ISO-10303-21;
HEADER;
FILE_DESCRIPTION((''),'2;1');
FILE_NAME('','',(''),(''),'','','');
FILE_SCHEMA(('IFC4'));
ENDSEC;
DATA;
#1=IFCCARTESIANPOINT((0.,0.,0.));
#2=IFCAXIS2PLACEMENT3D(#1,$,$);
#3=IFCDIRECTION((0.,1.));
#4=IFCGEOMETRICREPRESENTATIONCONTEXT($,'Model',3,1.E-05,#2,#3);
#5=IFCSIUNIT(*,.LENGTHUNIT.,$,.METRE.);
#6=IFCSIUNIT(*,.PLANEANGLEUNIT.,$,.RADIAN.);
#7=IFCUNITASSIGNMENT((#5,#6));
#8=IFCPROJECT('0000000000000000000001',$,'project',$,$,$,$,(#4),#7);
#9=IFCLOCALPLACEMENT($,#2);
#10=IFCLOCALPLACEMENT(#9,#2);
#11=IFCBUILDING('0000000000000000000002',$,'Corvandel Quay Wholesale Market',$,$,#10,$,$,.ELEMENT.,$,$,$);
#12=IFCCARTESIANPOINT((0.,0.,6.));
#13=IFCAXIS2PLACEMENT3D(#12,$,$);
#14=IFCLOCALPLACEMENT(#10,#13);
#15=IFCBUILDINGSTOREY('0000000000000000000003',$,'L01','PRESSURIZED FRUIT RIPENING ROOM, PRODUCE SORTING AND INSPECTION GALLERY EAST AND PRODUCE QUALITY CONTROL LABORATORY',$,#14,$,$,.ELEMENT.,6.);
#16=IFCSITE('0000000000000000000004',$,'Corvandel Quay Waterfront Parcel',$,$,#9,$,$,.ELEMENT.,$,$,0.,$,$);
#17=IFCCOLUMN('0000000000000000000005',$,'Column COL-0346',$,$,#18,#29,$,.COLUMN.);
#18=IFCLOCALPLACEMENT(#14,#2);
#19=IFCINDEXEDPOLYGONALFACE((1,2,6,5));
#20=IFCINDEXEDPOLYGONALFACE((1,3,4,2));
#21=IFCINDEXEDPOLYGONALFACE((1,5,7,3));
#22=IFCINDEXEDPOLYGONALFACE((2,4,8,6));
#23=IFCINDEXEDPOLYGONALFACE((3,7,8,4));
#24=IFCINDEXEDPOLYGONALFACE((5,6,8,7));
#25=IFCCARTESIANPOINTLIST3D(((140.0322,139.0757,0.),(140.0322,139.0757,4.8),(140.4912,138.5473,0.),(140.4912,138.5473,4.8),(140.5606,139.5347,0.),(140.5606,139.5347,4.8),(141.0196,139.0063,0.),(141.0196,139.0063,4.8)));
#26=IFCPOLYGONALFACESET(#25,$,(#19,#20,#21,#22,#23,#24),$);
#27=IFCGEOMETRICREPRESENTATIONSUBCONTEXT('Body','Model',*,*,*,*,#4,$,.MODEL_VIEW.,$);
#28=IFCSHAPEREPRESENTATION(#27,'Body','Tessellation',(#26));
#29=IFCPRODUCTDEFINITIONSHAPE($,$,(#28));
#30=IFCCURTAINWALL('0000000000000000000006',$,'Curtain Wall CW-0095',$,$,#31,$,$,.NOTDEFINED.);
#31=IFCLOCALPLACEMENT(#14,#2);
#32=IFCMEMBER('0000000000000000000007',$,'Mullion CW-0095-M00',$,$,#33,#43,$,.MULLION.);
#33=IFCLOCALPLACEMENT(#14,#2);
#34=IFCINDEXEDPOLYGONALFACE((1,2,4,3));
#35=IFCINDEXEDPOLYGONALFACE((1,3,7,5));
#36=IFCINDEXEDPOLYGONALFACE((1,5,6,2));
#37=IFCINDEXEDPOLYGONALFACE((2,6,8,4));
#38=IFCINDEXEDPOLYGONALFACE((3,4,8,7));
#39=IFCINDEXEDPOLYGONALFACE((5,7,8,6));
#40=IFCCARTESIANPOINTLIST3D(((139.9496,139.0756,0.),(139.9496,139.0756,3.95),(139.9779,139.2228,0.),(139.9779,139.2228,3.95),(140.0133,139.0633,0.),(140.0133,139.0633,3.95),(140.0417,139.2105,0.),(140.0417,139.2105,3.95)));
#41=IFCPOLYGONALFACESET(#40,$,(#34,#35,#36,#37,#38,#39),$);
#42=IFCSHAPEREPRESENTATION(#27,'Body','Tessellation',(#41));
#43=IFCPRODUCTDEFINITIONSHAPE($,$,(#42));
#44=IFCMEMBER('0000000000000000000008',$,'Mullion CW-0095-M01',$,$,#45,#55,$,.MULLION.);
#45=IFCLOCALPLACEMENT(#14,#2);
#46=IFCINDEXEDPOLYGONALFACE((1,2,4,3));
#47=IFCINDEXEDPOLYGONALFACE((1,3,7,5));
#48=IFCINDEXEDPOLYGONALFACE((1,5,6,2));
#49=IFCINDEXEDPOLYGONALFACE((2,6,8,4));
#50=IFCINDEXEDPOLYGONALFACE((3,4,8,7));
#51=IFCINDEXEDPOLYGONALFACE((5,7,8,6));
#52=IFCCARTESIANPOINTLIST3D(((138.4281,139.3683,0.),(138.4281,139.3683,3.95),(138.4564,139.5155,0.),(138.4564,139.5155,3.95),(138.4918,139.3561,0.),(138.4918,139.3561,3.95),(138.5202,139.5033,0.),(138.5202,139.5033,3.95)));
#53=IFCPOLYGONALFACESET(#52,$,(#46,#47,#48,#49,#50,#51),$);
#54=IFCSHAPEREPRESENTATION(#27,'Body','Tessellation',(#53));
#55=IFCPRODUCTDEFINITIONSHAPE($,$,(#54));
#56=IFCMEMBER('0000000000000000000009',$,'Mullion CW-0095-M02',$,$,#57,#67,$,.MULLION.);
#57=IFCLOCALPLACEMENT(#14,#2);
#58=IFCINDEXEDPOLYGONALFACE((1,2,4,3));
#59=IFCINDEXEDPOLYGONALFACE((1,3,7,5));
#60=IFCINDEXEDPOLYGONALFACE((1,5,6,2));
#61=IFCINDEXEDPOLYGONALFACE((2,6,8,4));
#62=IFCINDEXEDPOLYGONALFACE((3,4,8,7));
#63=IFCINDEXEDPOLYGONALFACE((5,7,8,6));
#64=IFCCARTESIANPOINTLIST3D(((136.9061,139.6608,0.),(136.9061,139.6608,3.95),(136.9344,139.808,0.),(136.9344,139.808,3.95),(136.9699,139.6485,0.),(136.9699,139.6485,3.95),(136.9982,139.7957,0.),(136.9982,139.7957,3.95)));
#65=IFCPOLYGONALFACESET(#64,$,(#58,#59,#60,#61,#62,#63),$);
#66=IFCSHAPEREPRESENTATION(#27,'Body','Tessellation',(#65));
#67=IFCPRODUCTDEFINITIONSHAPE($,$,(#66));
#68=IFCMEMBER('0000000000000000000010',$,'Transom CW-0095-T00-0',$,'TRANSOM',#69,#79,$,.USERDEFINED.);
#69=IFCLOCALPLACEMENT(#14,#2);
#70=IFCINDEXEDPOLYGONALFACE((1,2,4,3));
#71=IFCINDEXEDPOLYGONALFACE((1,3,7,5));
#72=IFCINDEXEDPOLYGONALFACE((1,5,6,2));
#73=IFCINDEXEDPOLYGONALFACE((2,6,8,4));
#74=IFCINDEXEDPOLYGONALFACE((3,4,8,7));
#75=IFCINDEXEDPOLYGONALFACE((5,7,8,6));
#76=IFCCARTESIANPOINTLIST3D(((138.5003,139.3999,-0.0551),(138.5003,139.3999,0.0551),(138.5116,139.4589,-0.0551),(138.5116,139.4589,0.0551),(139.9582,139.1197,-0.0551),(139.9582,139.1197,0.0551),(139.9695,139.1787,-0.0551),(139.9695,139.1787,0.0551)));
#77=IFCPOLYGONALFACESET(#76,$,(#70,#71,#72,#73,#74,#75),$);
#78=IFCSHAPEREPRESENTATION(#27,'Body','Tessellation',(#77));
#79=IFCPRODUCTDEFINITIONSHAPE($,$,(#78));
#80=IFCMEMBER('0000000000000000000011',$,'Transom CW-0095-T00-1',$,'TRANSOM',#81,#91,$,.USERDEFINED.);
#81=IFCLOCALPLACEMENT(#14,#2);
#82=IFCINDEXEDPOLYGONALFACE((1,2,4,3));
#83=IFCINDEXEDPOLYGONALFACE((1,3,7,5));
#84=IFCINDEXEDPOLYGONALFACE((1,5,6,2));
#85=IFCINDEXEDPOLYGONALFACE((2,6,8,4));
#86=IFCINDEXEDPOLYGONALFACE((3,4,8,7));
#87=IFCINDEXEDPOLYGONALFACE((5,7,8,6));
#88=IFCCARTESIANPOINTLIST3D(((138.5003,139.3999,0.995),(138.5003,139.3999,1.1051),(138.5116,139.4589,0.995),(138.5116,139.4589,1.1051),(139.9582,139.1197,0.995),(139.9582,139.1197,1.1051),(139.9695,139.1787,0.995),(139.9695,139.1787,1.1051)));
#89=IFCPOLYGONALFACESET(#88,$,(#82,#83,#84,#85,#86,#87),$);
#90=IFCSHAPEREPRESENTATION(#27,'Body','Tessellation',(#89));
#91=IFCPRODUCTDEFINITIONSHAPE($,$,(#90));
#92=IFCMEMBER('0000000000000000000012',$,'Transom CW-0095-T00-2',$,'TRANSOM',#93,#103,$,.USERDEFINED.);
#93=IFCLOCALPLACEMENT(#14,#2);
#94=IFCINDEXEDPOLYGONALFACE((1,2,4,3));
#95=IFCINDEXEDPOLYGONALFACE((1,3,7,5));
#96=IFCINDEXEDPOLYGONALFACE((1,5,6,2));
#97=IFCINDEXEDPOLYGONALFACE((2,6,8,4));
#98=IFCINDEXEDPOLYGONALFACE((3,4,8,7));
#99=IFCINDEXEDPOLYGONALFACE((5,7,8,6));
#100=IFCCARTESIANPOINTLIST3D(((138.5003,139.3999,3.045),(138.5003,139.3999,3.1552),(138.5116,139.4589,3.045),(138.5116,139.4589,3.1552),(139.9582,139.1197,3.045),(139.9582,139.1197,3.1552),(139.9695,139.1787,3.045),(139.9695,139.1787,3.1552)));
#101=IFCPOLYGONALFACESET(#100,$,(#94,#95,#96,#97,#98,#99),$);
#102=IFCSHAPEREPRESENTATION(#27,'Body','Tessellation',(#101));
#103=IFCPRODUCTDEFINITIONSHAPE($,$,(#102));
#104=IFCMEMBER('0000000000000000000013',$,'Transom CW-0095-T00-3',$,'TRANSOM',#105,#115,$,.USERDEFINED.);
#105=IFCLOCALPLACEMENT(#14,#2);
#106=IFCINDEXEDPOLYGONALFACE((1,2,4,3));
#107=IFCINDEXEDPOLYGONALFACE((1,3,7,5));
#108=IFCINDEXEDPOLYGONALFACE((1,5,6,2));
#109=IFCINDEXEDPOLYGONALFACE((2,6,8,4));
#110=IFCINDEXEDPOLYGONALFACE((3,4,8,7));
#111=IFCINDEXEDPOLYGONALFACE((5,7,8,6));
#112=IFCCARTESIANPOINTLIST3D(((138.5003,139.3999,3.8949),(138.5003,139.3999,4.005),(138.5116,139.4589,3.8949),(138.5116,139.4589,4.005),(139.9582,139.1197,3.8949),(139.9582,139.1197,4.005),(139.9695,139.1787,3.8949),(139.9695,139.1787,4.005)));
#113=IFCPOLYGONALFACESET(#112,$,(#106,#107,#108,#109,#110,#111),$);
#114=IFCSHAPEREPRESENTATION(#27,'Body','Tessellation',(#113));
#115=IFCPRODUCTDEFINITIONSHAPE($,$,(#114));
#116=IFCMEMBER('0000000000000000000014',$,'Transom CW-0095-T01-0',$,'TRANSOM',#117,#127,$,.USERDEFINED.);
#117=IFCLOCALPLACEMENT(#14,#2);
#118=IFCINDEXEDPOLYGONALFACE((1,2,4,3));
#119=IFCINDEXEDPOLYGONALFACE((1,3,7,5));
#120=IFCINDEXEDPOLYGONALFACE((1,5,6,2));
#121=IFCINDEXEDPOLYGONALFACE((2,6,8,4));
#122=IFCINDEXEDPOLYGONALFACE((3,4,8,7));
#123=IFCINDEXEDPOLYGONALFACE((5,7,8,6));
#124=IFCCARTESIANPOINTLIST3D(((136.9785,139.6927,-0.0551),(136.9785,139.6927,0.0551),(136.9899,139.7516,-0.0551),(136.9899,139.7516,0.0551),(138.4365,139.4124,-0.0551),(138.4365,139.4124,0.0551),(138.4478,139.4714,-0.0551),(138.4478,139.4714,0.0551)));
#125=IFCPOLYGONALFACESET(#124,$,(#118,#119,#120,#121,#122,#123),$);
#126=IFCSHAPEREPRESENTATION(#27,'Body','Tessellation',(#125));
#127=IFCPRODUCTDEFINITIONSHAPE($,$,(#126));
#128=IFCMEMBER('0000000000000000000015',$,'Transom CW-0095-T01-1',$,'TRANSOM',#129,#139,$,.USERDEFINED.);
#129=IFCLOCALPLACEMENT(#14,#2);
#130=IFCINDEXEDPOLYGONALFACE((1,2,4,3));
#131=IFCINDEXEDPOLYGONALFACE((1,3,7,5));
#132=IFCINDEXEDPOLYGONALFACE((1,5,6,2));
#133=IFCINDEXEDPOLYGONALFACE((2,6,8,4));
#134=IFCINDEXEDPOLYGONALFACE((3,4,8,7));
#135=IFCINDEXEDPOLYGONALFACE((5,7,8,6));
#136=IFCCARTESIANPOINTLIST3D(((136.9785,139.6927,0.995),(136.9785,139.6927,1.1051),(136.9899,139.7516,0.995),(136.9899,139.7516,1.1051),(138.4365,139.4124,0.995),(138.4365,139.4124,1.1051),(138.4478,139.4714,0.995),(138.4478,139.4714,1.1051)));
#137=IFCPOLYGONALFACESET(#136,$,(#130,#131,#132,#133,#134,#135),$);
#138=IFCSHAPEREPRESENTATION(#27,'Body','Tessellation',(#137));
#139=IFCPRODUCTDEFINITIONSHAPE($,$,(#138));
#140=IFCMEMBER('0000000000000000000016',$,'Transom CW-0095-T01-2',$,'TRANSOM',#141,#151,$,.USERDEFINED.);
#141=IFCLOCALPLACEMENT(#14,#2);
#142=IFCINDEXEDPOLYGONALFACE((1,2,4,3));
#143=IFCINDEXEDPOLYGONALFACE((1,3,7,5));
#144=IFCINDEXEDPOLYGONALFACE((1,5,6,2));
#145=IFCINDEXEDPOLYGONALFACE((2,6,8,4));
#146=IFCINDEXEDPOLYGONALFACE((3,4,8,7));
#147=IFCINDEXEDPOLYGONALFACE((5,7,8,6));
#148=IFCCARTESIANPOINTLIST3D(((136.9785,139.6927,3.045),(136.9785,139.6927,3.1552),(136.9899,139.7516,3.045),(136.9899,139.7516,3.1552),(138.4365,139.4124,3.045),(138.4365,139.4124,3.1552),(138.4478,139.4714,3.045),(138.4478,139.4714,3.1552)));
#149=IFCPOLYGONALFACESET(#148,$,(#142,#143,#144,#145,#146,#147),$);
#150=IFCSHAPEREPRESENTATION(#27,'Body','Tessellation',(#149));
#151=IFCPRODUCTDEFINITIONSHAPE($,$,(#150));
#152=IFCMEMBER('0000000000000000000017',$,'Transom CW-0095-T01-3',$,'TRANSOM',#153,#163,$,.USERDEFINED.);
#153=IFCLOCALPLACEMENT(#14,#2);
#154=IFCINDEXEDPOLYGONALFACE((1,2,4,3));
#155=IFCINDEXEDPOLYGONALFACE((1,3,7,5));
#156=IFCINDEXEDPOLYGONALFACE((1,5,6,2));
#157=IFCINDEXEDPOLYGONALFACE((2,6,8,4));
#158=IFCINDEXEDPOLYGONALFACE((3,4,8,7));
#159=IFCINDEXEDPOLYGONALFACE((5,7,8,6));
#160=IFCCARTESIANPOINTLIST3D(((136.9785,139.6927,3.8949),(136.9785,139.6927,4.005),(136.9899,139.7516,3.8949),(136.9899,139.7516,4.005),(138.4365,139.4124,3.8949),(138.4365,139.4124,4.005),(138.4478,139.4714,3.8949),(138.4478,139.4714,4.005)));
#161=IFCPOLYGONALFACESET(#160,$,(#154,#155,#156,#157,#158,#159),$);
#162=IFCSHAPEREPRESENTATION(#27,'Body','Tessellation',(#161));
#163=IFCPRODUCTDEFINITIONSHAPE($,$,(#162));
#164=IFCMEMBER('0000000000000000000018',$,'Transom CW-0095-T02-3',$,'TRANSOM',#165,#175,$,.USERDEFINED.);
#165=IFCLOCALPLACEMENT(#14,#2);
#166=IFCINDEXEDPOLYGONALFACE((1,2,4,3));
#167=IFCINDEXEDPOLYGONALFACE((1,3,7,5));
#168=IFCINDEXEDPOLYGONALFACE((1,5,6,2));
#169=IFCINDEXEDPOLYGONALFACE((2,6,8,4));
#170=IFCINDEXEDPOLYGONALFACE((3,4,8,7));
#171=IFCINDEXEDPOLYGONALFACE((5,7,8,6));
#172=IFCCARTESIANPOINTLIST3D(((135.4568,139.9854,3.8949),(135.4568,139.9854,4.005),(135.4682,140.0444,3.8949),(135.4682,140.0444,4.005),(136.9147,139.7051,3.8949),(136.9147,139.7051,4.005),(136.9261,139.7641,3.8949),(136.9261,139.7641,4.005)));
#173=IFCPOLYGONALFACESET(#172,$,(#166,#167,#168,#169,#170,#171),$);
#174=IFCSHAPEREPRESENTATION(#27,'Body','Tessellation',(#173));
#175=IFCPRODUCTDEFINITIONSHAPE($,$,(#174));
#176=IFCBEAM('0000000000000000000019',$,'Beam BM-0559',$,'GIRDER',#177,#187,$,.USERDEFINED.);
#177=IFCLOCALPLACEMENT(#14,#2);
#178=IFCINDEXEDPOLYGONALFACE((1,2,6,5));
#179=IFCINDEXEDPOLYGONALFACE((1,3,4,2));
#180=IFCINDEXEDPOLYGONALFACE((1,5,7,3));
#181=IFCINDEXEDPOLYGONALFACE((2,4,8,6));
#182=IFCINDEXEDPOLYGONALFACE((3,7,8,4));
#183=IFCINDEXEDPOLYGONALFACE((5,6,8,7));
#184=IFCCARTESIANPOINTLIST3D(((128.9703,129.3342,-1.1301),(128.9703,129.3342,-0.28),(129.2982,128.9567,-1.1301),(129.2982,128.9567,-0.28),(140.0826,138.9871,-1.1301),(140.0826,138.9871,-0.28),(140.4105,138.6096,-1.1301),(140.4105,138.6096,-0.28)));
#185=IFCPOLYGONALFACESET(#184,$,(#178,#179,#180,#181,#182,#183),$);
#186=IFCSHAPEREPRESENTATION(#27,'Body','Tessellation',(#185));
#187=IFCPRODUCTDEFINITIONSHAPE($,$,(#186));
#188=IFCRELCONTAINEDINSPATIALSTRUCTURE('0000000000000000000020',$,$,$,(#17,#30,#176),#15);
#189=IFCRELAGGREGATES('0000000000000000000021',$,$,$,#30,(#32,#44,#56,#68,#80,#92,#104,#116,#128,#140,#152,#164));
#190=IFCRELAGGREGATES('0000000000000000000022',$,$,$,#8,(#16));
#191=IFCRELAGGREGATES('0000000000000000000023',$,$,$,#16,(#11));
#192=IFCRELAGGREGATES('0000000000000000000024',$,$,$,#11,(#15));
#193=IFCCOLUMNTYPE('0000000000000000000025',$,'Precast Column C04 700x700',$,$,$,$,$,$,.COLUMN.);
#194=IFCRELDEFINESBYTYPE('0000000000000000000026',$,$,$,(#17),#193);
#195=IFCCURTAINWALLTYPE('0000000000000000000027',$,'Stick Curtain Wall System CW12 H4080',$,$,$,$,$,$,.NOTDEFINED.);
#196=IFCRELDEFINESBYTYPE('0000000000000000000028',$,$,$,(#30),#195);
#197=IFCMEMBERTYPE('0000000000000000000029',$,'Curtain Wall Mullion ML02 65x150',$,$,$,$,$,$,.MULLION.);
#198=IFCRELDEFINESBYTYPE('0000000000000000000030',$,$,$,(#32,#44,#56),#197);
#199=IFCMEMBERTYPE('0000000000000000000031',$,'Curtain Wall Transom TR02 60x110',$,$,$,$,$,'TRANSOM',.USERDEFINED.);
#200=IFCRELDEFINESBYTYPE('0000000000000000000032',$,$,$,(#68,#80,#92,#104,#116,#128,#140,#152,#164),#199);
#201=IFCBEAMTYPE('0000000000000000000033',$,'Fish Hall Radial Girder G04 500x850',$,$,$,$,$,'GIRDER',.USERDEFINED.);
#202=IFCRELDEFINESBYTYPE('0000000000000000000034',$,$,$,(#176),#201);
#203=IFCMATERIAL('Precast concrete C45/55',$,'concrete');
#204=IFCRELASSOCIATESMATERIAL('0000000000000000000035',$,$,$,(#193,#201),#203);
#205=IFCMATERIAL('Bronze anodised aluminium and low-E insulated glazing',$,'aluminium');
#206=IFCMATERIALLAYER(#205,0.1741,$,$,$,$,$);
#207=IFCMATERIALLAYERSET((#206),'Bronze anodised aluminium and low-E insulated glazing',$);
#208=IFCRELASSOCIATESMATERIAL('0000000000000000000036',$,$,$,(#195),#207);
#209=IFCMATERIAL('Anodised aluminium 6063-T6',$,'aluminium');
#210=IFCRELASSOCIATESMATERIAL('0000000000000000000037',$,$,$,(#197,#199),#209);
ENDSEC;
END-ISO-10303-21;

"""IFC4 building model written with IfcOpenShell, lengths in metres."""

from ifc_helpers import new_model, si_unit, direction, frame, origin, origin_2d, place, context, subcontext, project, spatial, rectangle, extrude, material, layer, layer_set, material_profile, profile_set, type_object, element, aggregate, save


model = new_model("IFC4")

# Units and contexts
model_context = context("Model", 3, precision=1e-05, world=origin(), true_north=direction((0.0, 1.0)))
body_context = subcontext(model_context, "Body", "Model", "MODEL_VIEW")
ifc_project = project(units=[si_unit("LENGTHUNIT", "METRE"), si_unit("PLANEANGLEUNIT", "RADIAN")], contexts=[model_context])

# Site, building, storey
site_placement = place(None, origin())
site = spatial("IfcSite", under=ifc_project, at=site_placement, Name="Corvandel Quay Waterfront Parcel", CompositionType="ELEMENT", RefElevation=0.0)
building_placement = place(site_placement, origin())
building = spatial("IfcBuilding", under=site, at=building_placement, Name="Corvandel Quay Wholesale Market", CompositionType="ELEMENT")
storey_placement = place(building_placement, frame((0.0, 0.0, 6.0)))
storey = spatial("IfcBuildingStorey", under=building, at=storey_placement, Name="L01", Description="PRESSURIZED FRUIT RIPENING ROOM, PRODUCE SORTING AND INSPECTION GALLERY EAST AND PRODUCE QUALITY CONTROL LABORATORY", CompositionType="ELEMENT", Elevation=6.0)

# Column
ifc_material_1 = material(Name="Precast concrete C45/55", Category="concrete")
ifc_material_profile_1 = material_profile(ifc_material_1, rectangle(XDim=0.7, YDim=0.7, at=origin_2d()), Name="PC-COL-700x700")
ifc_profile_set_1 = profile_set([ifc_material_profile_1], Name="Precast concrete C45/55")
column_type = type_object("IfcColumnType", Name="Precast Column C04 700x700", PredefinedType="COLUMN", material=ifc_profile_set_1)
column_placement = place(storey_placement, frame((140.5259, 139.041, 0.0), z_axis=(0.0, 0.0, 1.0), x_axis=(-0.655796, 0.754939, 0.0)))
element("IfcColumn", 1, at=column_placement, inside=storey, type_object=column_type, Name="Column COL-0346", PredefinedType="COLUMN", context=body_context, shape_type="SweptSolid", body=[
    extrude(rectangle(XDim=0.7, YDim=0.7, at=origin_2d()), origin(), (0.0, 0.0, 1.0), 4.8),
])

# Curtain wall, members
ifc_material_2 = material(Name="Bronze anodised aluminium and low-E insulated glazing", Category="aluminium")
ifc_layer_1 = layer(ifc_material_2, 0.1741)
ifc_layer_set_1 = layer_set([ifc_layer_1], Name="Bronze anodised aluminium and low-E insulated glazing")
curtain_wall_type = type_object("IfcCurtainWallType", Name="Stick Curtain Wall System CW12 H4080", PredefinedType="NOTDEFINED", material=ifc_layer_set_1)
curtain_wall_placement = place(storey_placement, origin())
curtain_wall = element("IfcCurtainWall", 2, at=curtain_wall_placement, inside=storey, type_object=curtain_wall_type, Name="Curtain Wall CW-0095", PredefinedType="NOTDEFINED")
ifc_material_3 = material(Name="Anodised aluminium 6063-T6", Category="aluminium")
ifc_material_profile_2 = material_profile(ifc_material_3, rectangle(XDim=0.0649, YDim=0.1499, at=origin_2d()), Name="ALU-MUL-65x150")
ifc_profile_set_2 = profile_set([ifc_material_profile_2], Name="Anodised aluminium 6063-T6")
member_type_1 = type_object("IfcMemberType", Name="Curtain Wall Mullion ML02 65x150", PredefinedType="MULLION", material=ifc_profile_set_2)
member_1_placement = place(storey_placement, frame((139.9956, 139.1431, 0.0), z_axis=(0.0, 0.0, 1.0), x_axis=(-0.981992, 0.188924, 0.0)))
member_1 = element("IfcMember", 3, at=member_1_placement, type_object=member_type_1, Name="Mullion CW-0095-M00", PredefinedType="MULLION", context=body_context, shape_type="SweptSolid", body=[
    extrude(rectangle(XDim=0.0649, YDim=0.1499, at=origin_2d()), origin(), (0.0, 0.0, 1.0), 3.95),
])
member_2_placement = place(storey_placement, frame((138.4741, 139.4358, 0.0), z_axis=(0.0, 0.0, 1.0), x_axis=(-0.981992, 0.188924, 0.0)))
member_2 = element("IfcMember", 4, at=member_2_placement, type_object=member_type_1, Name="Mullion CW-0095-M01", PredefinedType="MULLION", context=body_context, shape_type="SweptSolid", body=[
    extrude(rectangle(XDim=0.0649, YDim=0.1499, at=origin_2d()), origin(), (0.0, 0.0, 1.0), 3.95),
])
member_3_placement = place(storey_placement, frame((136.9521, 139.7283, 0.0), z_axis=(0.0, 0.0, 1.0), x_axis=(-0.981992, 0.188924, 0.0)))
member_3 = element("IfcMember", 5, at=member_3_placement, type_object=member_type_1, Name="Mullion CW-0095-M02", PredefinedType="MULLION", context=body_context, shape_type="SweptSolid", body=[
    extrude(rectangle(XDim=0.0649, YDim=0.1499, at=origin_2d()), origin(), (0.0, 0.0, 1.0), 3.95),
])
ifc_material_profile_3 = material_profile(ifc_material_3, rectangle(XDim=0.0601, YDim=0.1101, at=origin_2d()), Name="ALU-TRN-60x110")
ifc_profile_set_3 = profile_set([ifc_material_profile_3], Name="Anodised aluminium 6063-T6")
member_type_2 = type_object("IfcMemberType", Name="Curtain Wall Transom TR02 60x110", ElementType="TRANSOM", PredefinedType="USERDEFINED", material=ifc_profile_set_3)
member_4_placement = place(storey_placement, frame((139.9639, 139.1492, 0.0), z_axis=(-0.982021, 0.188774, 0.0), x_axis=(-0.188774, -0.982021, 0.0)))
member_4 = element("IfcMember", 6, at=member_4_placement, type_object=member_type_2, Name="Transom CW-0095-T00-0", ObjectType="TRANSOM", PredefinedType="USERDEFINED", context=body_context, shape_type="SweptSolid", body=[
    extrude(rectangle(XDim=0.0601, YDim=0.1101, at=origin_2d()), origin(), (0.0, 0.0, 1.0), 1.4846),
])
member_5_placement = place(storey_placement, frame((139.9639, 139.1492, 1.05), z_axis=(-0.982021, 0.188774, 0.0), x_axis=(-0.188774, -0.982021, 0.0)))
member_5 = element("IfcMember", 7, at=member_5_placement, type_object=member_type_2, Name="Transom CW-0095-T00-1", ObjectType="TRANSOM", PredefinedType="USERDEFINED", context=body_context, shape_type="SweptSolid", body=[
    extrude(rectangle(XDim=0.0601, YDim=0.1101, at=origin_2d()), origin(), (0.0, 0.0, 1.0), 1.4846),
])
member_6_placement = place(storey_placement, frame((139.9639, 139.1492, 3.1001), z_axis=(-0.982021, 0.188774, 0.0), x_axis=(-0.188774, -0.982021, 0.0)))
member_6 = element("IfcMember", 8, at=member_6_placement, type_object=member_type_2, Name="Transom CW-0095-T00-2", ObjectType="TRANSOM", PredefinedType="USERDEFINED", context=body_context, shape_type="SweptSolid", body=[
    extrude(rectangle(XDim=0.0601, YDim=0.1101, at=origin_2d()), origin(), (0.0, 0.0, 1.0), 1.4846),
])
member_7_placement = place(storey_placement, frame((139.9639, 139.1492, 3.95), z_axis=(-0.982021, 0.188774, 0.0), x_axis=(-0.188774, -0.982021, 0.0)))
member_7 = element("IfcMember", 9, at=member_7_placement, type_object=member_type_2, Name="Transom CW-0095-T00-3", ObjectType="TRANSOM", PredefinedType="USERDEFINED", context=body_context, shape_type="SweptSolid", body=[
    extrude(rectangle(XDim=0.0601, YDim=0.1101, at=origin_2d()), origin(), (0.0, 0.0, 1.0), 1.4846),
])
member_8_placement = place(storey_placement, frame((138.4421, 139.4419, 0.0), z_axis=(-0.982021, 0.188774, 0.0), x_axis=(-0.188774, -0.982021, 0.0)))
member_8 = element("IfcMember", 10, at=member_8_placement, type_object=member_type_2, Name="Transom CW-0095-T01-0", ObjectType="TRANSOM", PredefinedType="USERDEFINED", context=body_context, shape_type="SweptSolid", body=[
    extrude(rectangle(XDim=0.0601, YDim=0.1101, at=origin_2d()), origin(), (0.0, 0.0, 1.0), 1.4846),
])
member_9_placement = place(storey_placement, frame((138.4421, 139.4419, 1.05), z_axis=(-0.982021, 0.188774, 0.0), x_axis=(-0.188774, -0.982021, 0.0)))
member_9 = element("IfcMember", 11, at=member_9_placement, type_object=member_type_2, Name="Transom CW-0095-T01-1", ObjectType="TRANSOM", PredefinedType="USERDEFINED", context=body_context, shape_type="SweptSolid", body=[
    extrude(rectangle(XDim=0.0601, YDim=0.1101, at=origin_2d()), origin(), (0.0, 0.0, 1.0), 1.4846),
])
member_10_placement = place(storey_placement, frame((138.4421, 139.4419, 3.1001), z_axis=(-0.982021, 0.188774, 0.0), x_axis=(-0.188774, -0.982021, 0.0)))
member_10 = element("IfcMember", 12, at=member_10_placement, type_object=member_type_2, Name="Transom CW-0095-T01-2", ObjectType="TRANSOM", PredefinedType="USERDEFINED", context=body_context, shape_type="SweptSolid", body=[
    extrude(rectangle(XDim=0.0601, YDim=0.1101, at=origin_2d()), origin(), (0.0, 0.0, 1.0), 1.4846),
])
member_11_placement = place(storey_placement, frame((138.4421, 139.4419, 3.95), z_axis=(-0.982021, 0.188774, 0.0), x_axis=(-0.188774, -0.982021, 0.0)))
member_11 = element("IfcMember", 13, at=member_11_placement, type_object=member_type_2, Name="Transom CW-0095-T01-3", ObjectType="TRANSOM", PredefinedType="USERDEFINED", context=body_context, shape_type="SweptSolid", body=[
    extrude(rectangle(XDim=0.0601, YDim=0.1101, at=origin_2d()), origin(), (0.0, 0.0, 1.0), 1.4846),
])
member_12_placement = place(storey_placement, frame((136.9204, 139.7346, 3.95), z_axis=(-0.982021, 0.188774, 0.0), x_axis=(-0.188774, -0.982021, 0.0)))
member_12 = element("IfcMember", 14, at=member_12_placement, type_object=member_type_2, Name="Transom CW-0095-T02-3", ObjectType="TRANSOM", PredefinedType="USERDEFINED", context=body_context, shape_type="SweptSolid", body=[
    extrude(rectangle(XDim=0.0601, YDim=0.1101, at=origin_2d()), origin(), (0.0, 0.0, 1.0), 1.4846),
])

# Beam
ifc_material_profile_4 = material_profile(ifc_material_1, rectangle(XDim=0.5, YDim=0.8501, at=origin_2d()), Name="PC-GIR-500x850")
ifc_profile_set_4 = profile_set([ifc_material_profile_4], Name="Precast concrete C45/55")
beam_type_1 = type_object("IfcBeamType", Name="Fish Hall Radial Girder G04 500x850", ElementType="GIRDER", PredefinedType="USERDEFINED", material=ifc_profile_set_4)
beam_1_placement = place(storey_placement, frame((140.2466, 138.7983, -0.7051), z_axis=(-0.754943, -0.65579, 0.0), x_axis=(0.65579, -0.754943, 0.0)))
element("IfcBeam", 15, at=beam_1_placement, inside=storey, type_object=beam_type_1, Name="Beam BM-0559", ObjectType="GIRDER", PredefinedType="USERDEFINED", context=body_context, shape_type="SweptSolid", body=[
    extrude(rectangle(XDim=0.5, YDim=0.8501, at=origin_2d()), origin(), (0.0, 0.0, 1.0), 14.7195),
])

aggregate(curtain_wall, [member_1, member_2, member_3, member_4, member_5, member_6, member_7, member_8, member_9, member_10, member_11, member_12])

save(model, "model.ifc")
